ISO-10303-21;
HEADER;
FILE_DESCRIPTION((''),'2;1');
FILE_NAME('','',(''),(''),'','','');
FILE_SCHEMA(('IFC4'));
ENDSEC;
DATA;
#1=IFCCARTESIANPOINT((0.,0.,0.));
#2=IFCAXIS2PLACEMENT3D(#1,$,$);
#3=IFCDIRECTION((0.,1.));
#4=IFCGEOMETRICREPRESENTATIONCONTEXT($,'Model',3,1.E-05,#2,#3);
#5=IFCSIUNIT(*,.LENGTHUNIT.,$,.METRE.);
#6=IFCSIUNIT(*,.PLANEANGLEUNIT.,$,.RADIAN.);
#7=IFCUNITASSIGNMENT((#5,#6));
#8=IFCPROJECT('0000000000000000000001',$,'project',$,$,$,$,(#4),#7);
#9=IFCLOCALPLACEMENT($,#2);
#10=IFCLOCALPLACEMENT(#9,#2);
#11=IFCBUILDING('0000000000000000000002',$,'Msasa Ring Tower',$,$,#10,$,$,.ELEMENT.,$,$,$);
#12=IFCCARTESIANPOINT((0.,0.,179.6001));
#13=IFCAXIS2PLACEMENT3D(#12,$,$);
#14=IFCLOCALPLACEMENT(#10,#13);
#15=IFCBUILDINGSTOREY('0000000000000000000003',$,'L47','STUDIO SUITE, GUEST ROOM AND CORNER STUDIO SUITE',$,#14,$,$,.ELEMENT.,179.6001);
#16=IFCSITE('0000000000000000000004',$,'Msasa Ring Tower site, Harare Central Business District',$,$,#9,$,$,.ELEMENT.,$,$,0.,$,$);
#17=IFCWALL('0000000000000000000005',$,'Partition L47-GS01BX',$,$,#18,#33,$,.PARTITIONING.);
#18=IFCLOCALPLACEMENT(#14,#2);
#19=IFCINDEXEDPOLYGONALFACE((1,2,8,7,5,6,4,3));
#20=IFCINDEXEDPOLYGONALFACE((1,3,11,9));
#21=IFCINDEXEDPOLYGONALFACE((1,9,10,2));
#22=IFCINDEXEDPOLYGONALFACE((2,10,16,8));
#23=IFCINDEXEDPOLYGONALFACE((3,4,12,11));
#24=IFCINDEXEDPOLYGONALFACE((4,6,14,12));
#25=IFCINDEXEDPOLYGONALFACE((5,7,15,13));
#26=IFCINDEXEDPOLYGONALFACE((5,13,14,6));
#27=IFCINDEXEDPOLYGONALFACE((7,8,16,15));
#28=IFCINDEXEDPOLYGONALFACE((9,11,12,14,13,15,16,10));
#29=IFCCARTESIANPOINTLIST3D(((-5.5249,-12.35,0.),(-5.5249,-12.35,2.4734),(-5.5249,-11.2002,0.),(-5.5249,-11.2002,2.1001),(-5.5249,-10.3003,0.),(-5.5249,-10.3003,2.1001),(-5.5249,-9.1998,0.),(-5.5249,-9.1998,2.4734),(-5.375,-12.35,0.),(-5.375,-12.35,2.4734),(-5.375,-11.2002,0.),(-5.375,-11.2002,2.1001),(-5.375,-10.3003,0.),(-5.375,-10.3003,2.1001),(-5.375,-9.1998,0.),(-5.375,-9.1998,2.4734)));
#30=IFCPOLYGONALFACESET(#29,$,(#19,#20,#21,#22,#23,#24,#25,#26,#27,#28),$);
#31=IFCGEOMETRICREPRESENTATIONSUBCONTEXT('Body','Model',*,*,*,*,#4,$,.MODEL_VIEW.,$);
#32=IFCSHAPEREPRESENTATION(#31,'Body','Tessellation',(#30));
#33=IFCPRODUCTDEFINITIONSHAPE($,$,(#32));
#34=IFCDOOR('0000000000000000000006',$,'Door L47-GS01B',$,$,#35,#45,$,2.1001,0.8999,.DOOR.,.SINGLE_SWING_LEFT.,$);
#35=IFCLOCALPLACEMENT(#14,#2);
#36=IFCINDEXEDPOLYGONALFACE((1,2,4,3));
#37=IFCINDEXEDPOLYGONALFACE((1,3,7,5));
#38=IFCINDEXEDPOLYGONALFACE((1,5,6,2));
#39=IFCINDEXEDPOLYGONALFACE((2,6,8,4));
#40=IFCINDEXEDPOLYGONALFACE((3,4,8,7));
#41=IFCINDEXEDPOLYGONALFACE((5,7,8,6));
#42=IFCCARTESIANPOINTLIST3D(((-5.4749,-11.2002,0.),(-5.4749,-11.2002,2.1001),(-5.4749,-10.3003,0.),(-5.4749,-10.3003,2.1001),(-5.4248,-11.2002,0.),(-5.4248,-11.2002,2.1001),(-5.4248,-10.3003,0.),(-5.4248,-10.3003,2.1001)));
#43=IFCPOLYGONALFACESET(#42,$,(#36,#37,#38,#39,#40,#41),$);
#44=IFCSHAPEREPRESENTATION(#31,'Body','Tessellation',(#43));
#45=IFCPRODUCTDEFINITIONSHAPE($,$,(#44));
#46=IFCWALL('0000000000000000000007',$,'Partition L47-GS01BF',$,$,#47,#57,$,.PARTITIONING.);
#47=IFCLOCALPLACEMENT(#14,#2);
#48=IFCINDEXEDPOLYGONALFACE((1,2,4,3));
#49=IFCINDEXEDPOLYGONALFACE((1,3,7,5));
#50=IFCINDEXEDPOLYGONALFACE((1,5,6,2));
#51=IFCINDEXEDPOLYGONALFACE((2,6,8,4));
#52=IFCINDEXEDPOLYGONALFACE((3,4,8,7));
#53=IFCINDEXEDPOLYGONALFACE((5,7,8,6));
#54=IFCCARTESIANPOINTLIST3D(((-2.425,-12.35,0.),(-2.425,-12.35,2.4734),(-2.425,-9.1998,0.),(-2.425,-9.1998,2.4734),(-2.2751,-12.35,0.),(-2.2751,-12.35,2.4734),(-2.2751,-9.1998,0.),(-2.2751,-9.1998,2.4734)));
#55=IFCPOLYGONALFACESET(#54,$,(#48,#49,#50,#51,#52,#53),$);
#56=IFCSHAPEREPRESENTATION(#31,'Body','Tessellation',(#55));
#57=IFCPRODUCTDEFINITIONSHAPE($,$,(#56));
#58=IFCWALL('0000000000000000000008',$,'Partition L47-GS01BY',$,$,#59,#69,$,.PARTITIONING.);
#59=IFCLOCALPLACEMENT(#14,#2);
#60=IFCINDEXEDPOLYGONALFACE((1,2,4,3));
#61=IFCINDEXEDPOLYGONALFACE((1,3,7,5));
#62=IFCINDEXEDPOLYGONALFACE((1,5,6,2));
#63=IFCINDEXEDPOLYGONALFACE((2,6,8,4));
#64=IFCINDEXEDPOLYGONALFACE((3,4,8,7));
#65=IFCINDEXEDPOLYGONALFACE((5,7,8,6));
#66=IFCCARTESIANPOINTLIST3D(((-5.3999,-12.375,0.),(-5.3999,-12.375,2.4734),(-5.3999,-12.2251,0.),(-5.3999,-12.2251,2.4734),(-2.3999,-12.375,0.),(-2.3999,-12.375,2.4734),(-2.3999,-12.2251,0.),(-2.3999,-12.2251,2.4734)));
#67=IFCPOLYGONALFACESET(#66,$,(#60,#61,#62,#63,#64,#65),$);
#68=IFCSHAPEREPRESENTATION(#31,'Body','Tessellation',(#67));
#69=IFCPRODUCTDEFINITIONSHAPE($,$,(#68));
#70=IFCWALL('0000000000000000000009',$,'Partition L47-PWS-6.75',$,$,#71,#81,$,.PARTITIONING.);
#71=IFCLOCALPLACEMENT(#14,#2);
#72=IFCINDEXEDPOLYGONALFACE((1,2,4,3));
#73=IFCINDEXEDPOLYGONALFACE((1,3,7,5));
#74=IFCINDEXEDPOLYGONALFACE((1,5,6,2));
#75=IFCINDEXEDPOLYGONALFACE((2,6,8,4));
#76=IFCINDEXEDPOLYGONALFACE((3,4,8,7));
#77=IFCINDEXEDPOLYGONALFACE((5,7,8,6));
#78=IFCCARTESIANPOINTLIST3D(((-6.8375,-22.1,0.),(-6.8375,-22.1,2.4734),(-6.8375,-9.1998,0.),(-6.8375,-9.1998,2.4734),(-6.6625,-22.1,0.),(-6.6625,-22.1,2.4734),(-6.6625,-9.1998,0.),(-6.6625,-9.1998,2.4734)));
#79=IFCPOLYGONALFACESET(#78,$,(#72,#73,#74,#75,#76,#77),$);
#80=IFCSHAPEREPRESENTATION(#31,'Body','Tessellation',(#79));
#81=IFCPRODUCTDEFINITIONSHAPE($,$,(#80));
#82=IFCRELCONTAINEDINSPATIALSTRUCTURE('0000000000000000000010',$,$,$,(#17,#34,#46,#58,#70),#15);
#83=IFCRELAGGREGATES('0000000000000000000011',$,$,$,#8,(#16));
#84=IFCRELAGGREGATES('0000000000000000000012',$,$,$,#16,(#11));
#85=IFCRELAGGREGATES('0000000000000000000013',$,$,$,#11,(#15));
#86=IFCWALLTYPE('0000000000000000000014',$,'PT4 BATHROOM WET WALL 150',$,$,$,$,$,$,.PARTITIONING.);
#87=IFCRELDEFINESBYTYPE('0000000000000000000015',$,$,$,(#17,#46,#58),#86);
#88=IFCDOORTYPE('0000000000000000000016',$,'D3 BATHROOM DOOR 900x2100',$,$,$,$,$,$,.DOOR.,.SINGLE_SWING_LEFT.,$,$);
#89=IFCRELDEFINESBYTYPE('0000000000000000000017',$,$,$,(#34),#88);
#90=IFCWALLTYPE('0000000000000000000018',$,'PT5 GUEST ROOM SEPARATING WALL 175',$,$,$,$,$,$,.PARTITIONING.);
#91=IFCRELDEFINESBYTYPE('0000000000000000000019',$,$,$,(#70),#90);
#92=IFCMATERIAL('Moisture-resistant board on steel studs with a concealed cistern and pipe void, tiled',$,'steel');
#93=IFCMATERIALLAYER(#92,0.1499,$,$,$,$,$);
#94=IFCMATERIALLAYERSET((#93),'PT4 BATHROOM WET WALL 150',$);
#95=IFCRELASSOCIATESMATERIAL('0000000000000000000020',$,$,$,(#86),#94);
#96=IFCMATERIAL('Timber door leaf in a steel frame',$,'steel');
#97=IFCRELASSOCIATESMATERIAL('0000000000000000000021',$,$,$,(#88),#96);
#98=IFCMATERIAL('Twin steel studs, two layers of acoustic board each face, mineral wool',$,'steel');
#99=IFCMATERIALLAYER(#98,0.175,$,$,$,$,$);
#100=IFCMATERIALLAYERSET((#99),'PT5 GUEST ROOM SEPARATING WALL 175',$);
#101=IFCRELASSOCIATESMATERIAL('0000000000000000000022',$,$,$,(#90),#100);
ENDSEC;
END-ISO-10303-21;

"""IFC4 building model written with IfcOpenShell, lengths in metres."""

from ifc_helpers import new_model, si_unit, direction, frame, frame_2d, origin, place, context, subcontext, project, spatial, rectangle, extrude, material, layer, layer_set, type_object, element, fill, save


model = new_model("IFC4")

# Units and contexts
model_context = context("Model", 3, precision=1e-05, world=origin(), true_north=direction((0.0, 1.0)))
body_context = subcontext(model_context, "Body", "Model", "MODEL_VIEW")
ifc_project = project(units=[si_unit("LENGTHUNIT", "METRE"), si_unit("PLANEANGLEUNIT", "RADIAN")], contexts=[model_context])

# Site, building, storey
site_placement = place(None, origin())
site = spatial("IfcSite", under=ifc_project, at=site_placement, Name="Msasa Ring Tower site, Harare Central Business District", CompositionType="ELEMENT", RefElevation=0.0)
building_placement = place(site_placement, origin())
building = spatial("IfcBuilding", under=site, at=building_placement, Name="Msasa Ring Tower", CompositionType="ELEMENT")
storey_placement = place(building_placement, frame((0.0, 0.0, 179.6001)))
storey = spatial("IfcBuildingStorey", under=building, at=storey_placement, Name="L47", Description="STUDIO SUITE, GUEST ROOM AND CORNER STUDIO SUITE", CompositionType="ELEMENT", Elevation=179.6001)

# Shared definitions
ifc_material_1 = material(Name="Moisture-resistant board on steel studs with a concealed cistern and pipe void, tiled", Category="steel")
ifc_layer_1 = layer(ifc_material_1, 0.1499)
ifc_layer_set_1 = layer_set([ifc_layer_1], Name="PT4 BATHROOM WET WALL 150")
wall_type_1 = type_object("IfcWallType", Name="PT4 BATHROOM WET WALL 150", PredefinedType="PARTITIONING", material=ifc_layer_set_1)

# Wall, opening, door
wall_1_placement = place(storey_placement, frame((-5.45, -12.3501, 0.0), z_axis=(0.0, 0.0, 1.0), x_axis=(0.0, 1.0, 0.0)))
wall_1 = element("IfcWall", 1, at=wall_1_placement, inside=storey, type_object=wall_type_1, Name="Partition L47-GS01BX", PredefinedType="PARTITIONING", context=body_context, shape_type="SweptSolid", body=[
    extrude(rectangle(XDim=3.1501, YDim=0.1499, at=frame_2d((1.5752, 0.0))), origin(), (0.0, 0.0, 1.0), 2.4734),
])
opening_1_placement = place(wall_1_placement, frame((1.1499, 0.0, 0.0)))
opening_1 = element("IfcOpeningElement", 2, at=opening_1_placement, cuts=wall_1, PredefinedType="OPENING", context=body_context, shape_type="SweptSolid", body=[
    extrude(rectangle(XDim=0.8999, YDim=2.1001, at=frame_2d((0.45, 1.05))), frame((0.0, 0.085, 0.0), z_axis=(0.0, -1.0, 0.0), x_axis=(1.0, 0.0, 0.0)), (0.0, 0.0, 1.0), 0.1699),
])
ifc_material_2 = material(Name="Timber door leaf in a steel frame", Category="steel")
door_type = type_object("IfcDoorType", Name="D3 BATHROOM DOOR 900x2100", OperationType="SINGLE_SWING_LEFT", PredefinedType="DOOR", material=ifc_material_2)
door_placement = place(opening_1_placement, origin())
door = element("IfcDoor", 3, at=door_placement, inside=storey, type_object=door_type, Name="Door L47-GS01B", OperationType="SINGLE_SWING_LEFT", OverallHeight=2.1001, OverallWidth=0.8999, PredefinedType="DOOR", context=body_context, shape_type="SweptSolid", body=[
    extrude(rectangle(XDim=0.8999, YDim=2.1001, at=frame_2d((0.45, 1.05))), frame((0.0, 0.0249, 0.0), z_axis=(0.0, -1.0, 0.0), x_axis=(1.0, 0.0, 0.0)), (0.0, 0.0, 1.0), 0.05),
])
fill(opening_1, door)

# Walls
wall_2_placement = place(storey_placement, frame((-2.3501, -12.3501, 0.0), z_axis=(0.0, 0.0, 1.0), x_axis=(0.0, 1.0, 0.0)))
element("IfcWall", 4, at=wall_2_placement, inside=storey, type_object=wall_type_1, Name="Partition L47-GS01BF", PredefinedType="PARTITIONING", context=body_context, shape_type="SweptSolid", body=[
    extrude(rectangle(XDim=3.1501, YDim=0.1499, at=frame_2d((1.5752, 0.0))), origin(), (0.0, 0.0, 1.0), 2.4734),
])
wall_3_placement = place(storey_placement, frame((-5.3999, -12.3, 0.0), z_axis=(0.0, 0.0, 1.0), x_axis=(1.0, 0.0, 0.0)))
element("IfcWall", 5, at=wall_3_placement, inside=storey, type_object=wall_type_1, Name="Partition L47-GS01BY", PredefinedType="PARTITIONING", context=body_context, shape_type="SweptSolid", body=[
    extrude(rectangle(XDim=3.0, YDim=0.1499, at=frame_2d((1.5, 0.0))), origin(), (0.0, 0.0, 1.0), 2.4734),
])
ifc_material_3 = material(Name="Twin steel studs, two layers of acoustic board each face, mineral wool", Category="steel")
ifc_layer_2 = layer(ifc_material_3, 0.175)
ifc_layer_set_2 = layer_set([ifc_layer_2], Name="PT5 GUEST ROOM SEPARATING WALL 175")
wall_type_2 = type_object("IfcWallType", Name="PT5 GUEST ROOM SEPARATING WALL 175", PredefinedType="PARTITIONING", material=ifc_layer_set_2)
wall_4_placement = place(storey_placement, frame((-6.75, -22.1001, 0.0), z_axis=(0.0, 0.0, 1.0), x_axis=(0.0, 1.0, 0.0)))
element("IfcWall", 6, at=wall_4_placement, inside=storey, type_object=wall_type_2, Name="Partition L47-PWS-6.75", PredefinedType="PARTITIONING", context=body_context, shape_type="SweptSolid", body=[
    extrude(rectangle(XDim=12.9001, YDim=0.175, at=frame_2d((6.4502, 0.0))), origin(), (0.0, 0.0, 1.0), 2.4734),
])

save(model, "model.ifc")
